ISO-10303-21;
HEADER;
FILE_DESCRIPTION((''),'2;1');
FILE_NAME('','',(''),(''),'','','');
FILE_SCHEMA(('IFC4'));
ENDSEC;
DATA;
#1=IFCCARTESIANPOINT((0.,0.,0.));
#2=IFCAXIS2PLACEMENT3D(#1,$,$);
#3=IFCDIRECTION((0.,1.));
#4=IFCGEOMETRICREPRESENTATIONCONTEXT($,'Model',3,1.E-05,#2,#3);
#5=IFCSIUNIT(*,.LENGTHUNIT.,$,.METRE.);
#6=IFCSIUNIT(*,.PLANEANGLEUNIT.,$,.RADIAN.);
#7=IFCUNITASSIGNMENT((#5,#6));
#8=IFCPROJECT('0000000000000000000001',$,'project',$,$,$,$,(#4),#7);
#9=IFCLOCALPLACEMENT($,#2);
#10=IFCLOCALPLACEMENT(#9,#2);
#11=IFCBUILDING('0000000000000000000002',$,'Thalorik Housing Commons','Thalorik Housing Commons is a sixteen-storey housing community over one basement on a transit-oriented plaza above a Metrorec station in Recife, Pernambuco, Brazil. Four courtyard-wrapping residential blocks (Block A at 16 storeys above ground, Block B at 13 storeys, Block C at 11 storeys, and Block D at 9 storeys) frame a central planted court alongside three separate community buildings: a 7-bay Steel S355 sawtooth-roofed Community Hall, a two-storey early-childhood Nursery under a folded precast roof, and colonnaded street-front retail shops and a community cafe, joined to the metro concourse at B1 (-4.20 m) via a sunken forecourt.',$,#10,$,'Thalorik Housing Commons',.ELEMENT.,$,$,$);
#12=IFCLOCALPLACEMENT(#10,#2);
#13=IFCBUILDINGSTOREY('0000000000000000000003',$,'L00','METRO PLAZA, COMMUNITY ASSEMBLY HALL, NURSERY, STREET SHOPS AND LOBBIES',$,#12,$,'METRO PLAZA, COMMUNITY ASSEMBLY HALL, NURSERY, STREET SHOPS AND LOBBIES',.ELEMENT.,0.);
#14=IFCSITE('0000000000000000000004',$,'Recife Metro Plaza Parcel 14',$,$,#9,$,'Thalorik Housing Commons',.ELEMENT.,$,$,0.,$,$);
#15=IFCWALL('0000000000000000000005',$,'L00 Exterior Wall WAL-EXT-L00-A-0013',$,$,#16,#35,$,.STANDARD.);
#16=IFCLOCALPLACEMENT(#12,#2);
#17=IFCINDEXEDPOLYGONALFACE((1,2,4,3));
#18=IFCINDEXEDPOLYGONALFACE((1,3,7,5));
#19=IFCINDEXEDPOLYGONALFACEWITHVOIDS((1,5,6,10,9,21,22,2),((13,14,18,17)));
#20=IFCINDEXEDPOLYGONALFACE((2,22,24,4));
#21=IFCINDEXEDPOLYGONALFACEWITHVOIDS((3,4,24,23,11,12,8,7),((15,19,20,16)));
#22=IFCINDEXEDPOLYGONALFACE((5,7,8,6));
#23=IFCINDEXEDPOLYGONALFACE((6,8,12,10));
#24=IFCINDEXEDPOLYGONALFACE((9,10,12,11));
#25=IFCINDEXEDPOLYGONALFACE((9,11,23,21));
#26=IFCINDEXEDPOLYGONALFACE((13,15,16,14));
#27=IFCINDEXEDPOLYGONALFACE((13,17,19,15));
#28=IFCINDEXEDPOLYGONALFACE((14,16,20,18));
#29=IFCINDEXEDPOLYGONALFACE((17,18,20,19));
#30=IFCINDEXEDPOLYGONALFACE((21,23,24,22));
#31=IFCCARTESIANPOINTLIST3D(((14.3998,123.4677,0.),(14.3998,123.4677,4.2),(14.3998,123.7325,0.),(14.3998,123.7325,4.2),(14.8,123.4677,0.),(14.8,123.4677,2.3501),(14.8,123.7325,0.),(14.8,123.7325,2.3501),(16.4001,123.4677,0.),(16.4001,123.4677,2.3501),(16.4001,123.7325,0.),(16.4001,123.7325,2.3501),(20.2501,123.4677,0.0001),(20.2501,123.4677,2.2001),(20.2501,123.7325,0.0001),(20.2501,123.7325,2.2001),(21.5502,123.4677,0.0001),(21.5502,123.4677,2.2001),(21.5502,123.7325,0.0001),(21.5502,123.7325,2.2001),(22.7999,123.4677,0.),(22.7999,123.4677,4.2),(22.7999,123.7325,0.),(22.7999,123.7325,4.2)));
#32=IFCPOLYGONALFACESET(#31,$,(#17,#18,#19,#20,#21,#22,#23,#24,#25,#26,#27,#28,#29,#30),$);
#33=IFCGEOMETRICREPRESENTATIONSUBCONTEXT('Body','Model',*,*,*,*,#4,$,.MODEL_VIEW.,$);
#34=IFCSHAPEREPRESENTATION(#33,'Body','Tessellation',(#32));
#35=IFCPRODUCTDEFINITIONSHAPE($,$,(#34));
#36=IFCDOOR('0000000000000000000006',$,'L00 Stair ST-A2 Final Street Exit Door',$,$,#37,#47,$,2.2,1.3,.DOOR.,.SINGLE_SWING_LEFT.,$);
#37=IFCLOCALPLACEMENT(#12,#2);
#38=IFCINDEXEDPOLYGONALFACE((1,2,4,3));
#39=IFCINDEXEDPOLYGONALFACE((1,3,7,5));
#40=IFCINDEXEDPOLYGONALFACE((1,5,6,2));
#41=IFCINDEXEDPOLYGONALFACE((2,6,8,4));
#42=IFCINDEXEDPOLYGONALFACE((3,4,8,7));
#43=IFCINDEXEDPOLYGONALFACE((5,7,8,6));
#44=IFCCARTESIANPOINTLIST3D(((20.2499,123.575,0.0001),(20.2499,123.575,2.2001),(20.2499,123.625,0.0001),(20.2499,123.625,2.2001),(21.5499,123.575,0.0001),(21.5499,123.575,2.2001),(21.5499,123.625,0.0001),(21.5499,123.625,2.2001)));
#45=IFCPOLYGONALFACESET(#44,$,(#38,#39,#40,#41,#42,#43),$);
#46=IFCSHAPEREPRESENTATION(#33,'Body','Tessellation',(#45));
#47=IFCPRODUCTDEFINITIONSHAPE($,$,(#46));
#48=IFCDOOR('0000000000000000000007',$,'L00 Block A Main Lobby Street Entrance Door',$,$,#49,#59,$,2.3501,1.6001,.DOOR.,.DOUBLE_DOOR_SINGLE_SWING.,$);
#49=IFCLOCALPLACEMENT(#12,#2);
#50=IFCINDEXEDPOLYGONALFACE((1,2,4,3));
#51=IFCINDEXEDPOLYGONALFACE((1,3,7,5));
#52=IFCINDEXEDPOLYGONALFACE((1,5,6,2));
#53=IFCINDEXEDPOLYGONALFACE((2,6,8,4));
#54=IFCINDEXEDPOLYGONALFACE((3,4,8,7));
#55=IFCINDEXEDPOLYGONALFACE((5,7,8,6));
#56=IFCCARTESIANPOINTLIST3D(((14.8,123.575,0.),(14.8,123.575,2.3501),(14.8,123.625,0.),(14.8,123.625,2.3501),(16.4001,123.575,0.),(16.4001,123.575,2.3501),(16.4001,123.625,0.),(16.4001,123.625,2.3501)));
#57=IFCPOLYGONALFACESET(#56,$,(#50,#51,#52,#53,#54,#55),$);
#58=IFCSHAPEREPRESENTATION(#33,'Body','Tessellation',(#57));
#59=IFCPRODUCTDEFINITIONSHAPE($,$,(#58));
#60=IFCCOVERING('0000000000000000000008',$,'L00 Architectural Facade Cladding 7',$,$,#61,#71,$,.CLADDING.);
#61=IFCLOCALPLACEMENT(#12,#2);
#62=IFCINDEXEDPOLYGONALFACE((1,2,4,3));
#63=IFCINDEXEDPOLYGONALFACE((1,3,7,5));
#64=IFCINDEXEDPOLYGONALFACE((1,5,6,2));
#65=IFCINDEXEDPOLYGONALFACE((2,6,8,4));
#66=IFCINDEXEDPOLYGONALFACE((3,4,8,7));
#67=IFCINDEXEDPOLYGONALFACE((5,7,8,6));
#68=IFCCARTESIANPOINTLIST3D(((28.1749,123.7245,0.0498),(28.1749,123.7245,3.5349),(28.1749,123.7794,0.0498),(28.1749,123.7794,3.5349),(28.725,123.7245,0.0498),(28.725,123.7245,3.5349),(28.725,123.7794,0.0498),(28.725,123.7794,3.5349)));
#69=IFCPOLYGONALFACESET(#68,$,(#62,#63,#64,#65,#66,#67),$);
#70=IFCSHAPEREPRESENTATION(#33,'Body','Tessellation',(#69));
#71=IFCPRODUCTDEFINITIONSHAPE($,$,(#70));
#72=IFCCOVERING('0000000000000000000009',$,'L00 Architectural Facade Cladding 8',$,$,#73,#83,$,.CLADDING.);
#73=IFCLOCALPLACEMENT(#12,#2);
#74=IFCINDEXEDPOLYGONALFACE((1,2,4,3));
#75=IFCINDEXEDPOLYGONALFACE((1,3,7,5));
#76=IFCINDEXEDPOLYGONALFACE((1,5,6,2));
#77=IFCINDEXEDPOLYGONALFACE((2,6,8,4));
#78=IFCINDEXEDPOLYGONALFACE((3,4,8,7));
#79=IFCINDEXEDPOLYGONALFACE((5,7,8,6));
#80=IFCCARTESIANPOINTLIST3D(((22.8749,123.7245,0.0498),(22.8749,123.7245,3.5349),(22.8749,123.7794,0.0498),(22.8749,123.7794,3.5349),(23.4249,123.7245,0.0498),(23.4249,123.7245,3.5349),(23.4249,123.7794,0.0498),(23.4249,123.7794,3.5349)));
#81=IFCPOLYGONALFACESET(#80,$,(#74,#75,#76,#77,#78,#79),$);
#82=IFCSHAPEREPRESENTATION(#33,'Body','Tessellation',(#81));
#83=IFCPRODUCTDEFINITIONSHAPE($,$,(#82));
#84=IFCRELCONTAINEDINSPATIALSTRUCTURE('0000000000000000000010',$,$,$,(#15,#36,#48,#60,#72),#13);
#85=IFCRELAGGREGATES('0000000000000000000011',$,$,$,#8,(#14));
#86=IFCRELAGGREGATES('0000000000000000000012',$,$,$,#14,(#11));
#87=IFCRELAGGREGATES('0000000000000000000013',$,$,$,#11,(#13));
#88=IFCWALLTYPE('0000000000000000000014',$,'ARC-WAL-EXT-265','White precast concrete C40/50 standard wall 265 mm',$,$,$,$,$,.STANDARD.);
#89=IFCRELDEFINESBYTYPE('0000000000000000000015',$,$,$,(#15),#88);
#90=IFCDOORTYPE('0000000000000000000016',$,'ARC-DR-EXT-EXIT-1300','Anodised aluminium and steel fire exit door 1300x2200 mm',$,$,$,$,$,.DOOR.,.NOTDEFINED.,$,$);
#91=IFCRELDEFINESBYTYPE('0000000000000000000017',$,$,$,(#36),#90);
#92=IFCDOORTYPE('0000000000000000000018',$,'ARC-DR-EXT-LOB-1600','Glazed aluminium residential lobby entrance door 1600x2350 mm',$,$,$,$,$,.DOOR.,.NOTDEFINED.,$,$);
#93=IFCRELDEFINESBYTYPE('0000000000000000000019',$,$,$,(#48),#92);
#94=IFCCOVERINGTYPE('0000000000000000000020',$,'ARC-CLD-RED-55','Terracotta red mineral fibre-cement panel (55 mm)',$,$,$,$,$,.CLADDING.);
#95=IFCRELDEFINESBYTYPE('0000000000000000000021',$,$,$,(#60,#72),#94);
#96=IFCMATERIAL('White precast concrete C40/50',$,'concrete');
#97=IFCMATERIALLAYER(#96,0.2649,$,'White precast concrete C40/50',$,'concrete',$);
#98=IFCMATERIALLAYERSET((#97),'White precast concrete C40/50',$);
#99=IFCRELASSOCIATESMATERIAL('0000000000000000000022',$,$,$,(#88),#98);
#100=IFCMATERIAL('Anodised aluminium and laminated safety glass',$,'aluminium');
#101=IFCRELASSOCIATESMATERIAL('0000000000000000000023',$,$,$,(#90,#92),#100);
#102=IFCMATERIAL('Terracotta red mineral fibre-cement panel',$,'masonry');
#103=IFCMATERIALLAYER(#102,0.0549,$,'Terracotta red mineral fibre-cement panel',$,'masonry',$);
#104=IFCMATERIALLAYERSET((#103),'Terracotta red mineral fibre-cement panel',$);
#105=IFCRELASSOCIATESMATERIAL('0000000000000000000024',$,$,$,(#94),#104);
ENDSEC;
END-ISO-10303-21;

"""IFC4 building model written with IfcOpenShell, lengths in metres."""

from ifc_helpers import new_model, si_unit, direction, frame, frame_2d, origin, origin_2d, place, context, subcontext, project, spatial, rectangle, extrude, material, layer, layer_set, type_object, element, fill, save


model = new_model("IFC4")

# Units and contexts
model_context = context("Model", 3, precision=1e-05, world=origin(), true_north=direction((0.0, 1.0)))
body_context = subcontext(model_context, "Body", "Model", "MODEL_VIEW")
ifc_project = project(units=[si_unit("LENGTHUNIT", "METRE"), si_unit("PLANEANGLEUNIT", "RADIAN")], contexts=[model_context])

# Site, building, storey
site_placement = place(None, origin())
site = spatial("IfcSite", under=ifc_project, at=site_placement, Name="Recife Metro Plaza Parcel 14", LongName="Thalorik Housing Commons", CompositionType="ELEMENT", RefElevation=0.0)
building_placement = place(site_placement, origin())
building = spatial("IfcBuilding", under=site, at=building_placement, Name="Thalorik Housing Commons", Description="Thalorik Housing Commons is a sixteen-storey housing community over one basement on a transit-oriented plaza above a Metrorec station in Recife, Pernambuco, Brazil. Four courtyard-wrapping residential blocks (Block A at 16 storeys above ground, Block B at 13 storeys, Block C at 11 storeys, and Block D at 9 storeys) frame a central planted court alongside three separate community buildings: a 7-bay Steel S355 sawtooth-roofed Community Hall, a two-storey early-childhood Nursery under a folded precast roof, and colonnaded street-front retail shops and a community cafe, joined to the metro concourse at B1 (-4.20 m) via a sunken forecourt.", LongName="Thalorik Housing Commons", CompositionType="ELEMENT")
storey_placement = place(building_placement, origin())
storey = spatial("IfcBuildingStorey", under=building, at=storey_placement, Name="L00", Description="METRO PLAZA, COMMUNITY ASSEMBLY HALL, NURSERY, STREET SHOPS AND LOBBIES", LongName="METRO PLAZA, COMMUNITY ASSEMBLY HALL, NURSERY, STREET SHOPS AND LOBBIES", CompositionType="ELEMENT", Elevation=0.0)

# Shared definitions
ifc_material_1 = material(Name="White precast concrete C40/50", Category="concrete")
ifc_layer_1 = layer(ifc_material_1, 0.2649, Name="White precast concrete C40/50", Category="concrete")
ifc_layer_set_1 = layer_set([ifc_layer_1], Name="White precast concrete C40/50")
wall_type_1 = type_object("IfcWallType", Name="ARC-WAL-EXT-265", Description="White precast concrete C40/50 standard wall 265 mm", PredefinedType="STANDARD", material=ifc_layer_set_1)

# Wall, openings, doors
wall_1_placement = place(storey_placement, frame((22.8, 123.6001, 0.0), z_axis=(0.0, 0.0, 1.0), x_axis=(-1.0, 0.0, 0.0)))
wall_1 = element("IfcWall", 1, at=wall_1_placement, inside=storey, type_object=wall_type_1, Name="L00 Exterior Wall WAL-EXT-L00-A-0013", PredefinedType="STANDARD", context=body_context, shape_type="SweptSolid", body=[
    extrude(rectangle(XDim=8.4001, YDim=0.2649, at=frame_2d((4.2002, 0.0))), origin(), (0.0, 0.0, 1.0), 4.2),
])
opening_1_placement = place(wall_1_placement, frame((6.3999, 0.0, 0.0)))
opening_1 = element("IfcOpeningElement", 2, at=opening_1_placement, cuts=wall_1, PredefinedType="OPENING", context=body_context, shape_type="SweptSolid", body=[
    extrude(rectangle(XDim=1.6001, YDim=2.3501, at=frame_2d((0.8, 1.175))), frame((0.0, 0.1426, 0.0), z_axis=(0.0, -1.0, 0.0), x_axis=(1.0, 0.0, 0.0)), (0.0, 0.0, 1.0), 0.2849),
])
opening_2_placement = place(wall_1_placement, frame((1.25, 0.0, 0.0)))
opening_2 = element("IfcOpeningElement", 3, at=opening_2_placement, cuts=wall_1, PredefinedType="OPENING", context=body_context, shape_type="SweptSolid", body=[
    extrude(rectangle(XDim=1.3, YDim=2.2, at=frame_2d((0.6499, 1.1001))), frame((0.0, 0.1426, 0.0), z_axis=(0.0, -1.0, 0.0), x_axis=(1.0, 0.0, 0.0)), (0.0, 0.0, 1.0), 0.2849),
])
ifc_material_2 = material(Name="Anodised aluminium and laminated safety glass", Category="aluminium")
door_type_1 = type_object("IfcDoorType", Name="ARC-DR-EXT-EXIT-1300", Description="Anodised aluminium and steel fire exit door 1300x2200 mm", OperationType="NOTDEFINED", PredefinedType="DOOR", material=ifc_material_2)
door_1_placement = place(opening_2_placement, frame((1.3, 0.0, 0.0), z_axis=(0.0, 0.0, 1.0), x_axis=(-1.0, 0.0, 0.0)))
door_1 = element("IfcDoor", 4, at=door_1_placement, inside=storey, type_object=door_type_1, Name="L00 Stair ST-A2 Final Street Exit Door", OperationType="SINGLE_SWING_LEFT", OverallHeight=2.2, OverallWidth=1.3, PredefinedType="DOOR", context=body_context, shape_type="SweptSolid", body=[
    extrude(rectangle(XDim=1.3, YDim=2.2, at=frame_2d((0.6499, 1.1001))), frame((0.0, 0.0249, 0.0), z_axis=(0.0, -1.0, 0.0), x_axis=(1.0, 0.0, 0.0)), (0.0, 0.0, 1.0), 0.05),
])
fill(opening_2, door_1)
door_type_2 = type_object("IfcDoorType", Name="ARC-DR-EXT-LOB-1600", Description="Glazed aluminium residential lobby entrance door 1600x2350 mm", OperationType="NOTDEFINED", PredefinedType="DOOR", material=ifc_material_2)
door_2_placement = place(opening_1_placement, frame((1.6001, 0.0, 0.0), z_axis=(0.0, 0.0, 1.0), x_axis=(-1.0, 0.0, 0.0)))
door_2 = element("IfcDoor", 5, at=door_2_placement, inside=storey, type_object=door_type_2, Name="L00 Block A Main Lobby Street Entrance Door", OperationType="DOUBLE_DOOR_SINGLE_SWING", OverallHeight=2.3501, OverallWidth=1.6001, PredefinedType="DOOR", context=body_context, shape_type="SweptSolid", body=[
    extrude(rectangle(XDim=1.6001, YDim=2.3501, at=frame_2d((0.8, 1.175))), frame((0.0, 0.0249, 0.0), z_axis=(0.0, -1.0, 0.0), x_axis=(1.0, 0.0, 0.0)), (0.0, 0.0, 1.0), 0.05),
])
fill(opening_1, door_2)

# Coverings
ifc_material_3 = material(Name="Terracotta red mineral fibre-cement panel", Category="masonry")
ifc_layer_2 = layer(ifc_material_3, 0.0549, Name="Terracotta red mineral fibre-cement panel", Category="masonry")
ifc_layer_set_2 = layer_set([ifc_layer_2], Name="Terracotta red mineral fibre-cement panel")
covering_type = type_object("IfcCoveringType", Name="ARC-CLD-RED-55", Description="Terracotta red mineral fibre-cement panel (55 mm)", PredefinedType="CLADDING", material=ifc_layer_set_2)
for number, where, z_axis, x_axis, name in (
    (6, (28.45, 123.752, 0.0498), (0.0, 0.0, 1.0), (-1.0, 0.0, 0.0), "L00 Architectural Facade Cladding 7"),
    (7, (23.1499, 123.752, 0.0498), (0.0, 0.0, 1.0), (-1.0, 0.0, 0.0), "L00 Architectural Facade Cladding 8"),
):
    element("IfcCovering", number, at=place(storey_placement, frame(where, z_axis=z_axis, x_axis=x_axis)), inside=storey, type_object=covering_type, Name=name, PredefinedType="CLADDING", context=body_context, shape_type="SweptSolid", body=[
        extrude(rectangle(XDim=0.55, YDim=0.0549, at=origin_2d()), origin(), (0.0, 0.0, 1.0), 3.4851),
    ])

save(model, "model.ifc")
